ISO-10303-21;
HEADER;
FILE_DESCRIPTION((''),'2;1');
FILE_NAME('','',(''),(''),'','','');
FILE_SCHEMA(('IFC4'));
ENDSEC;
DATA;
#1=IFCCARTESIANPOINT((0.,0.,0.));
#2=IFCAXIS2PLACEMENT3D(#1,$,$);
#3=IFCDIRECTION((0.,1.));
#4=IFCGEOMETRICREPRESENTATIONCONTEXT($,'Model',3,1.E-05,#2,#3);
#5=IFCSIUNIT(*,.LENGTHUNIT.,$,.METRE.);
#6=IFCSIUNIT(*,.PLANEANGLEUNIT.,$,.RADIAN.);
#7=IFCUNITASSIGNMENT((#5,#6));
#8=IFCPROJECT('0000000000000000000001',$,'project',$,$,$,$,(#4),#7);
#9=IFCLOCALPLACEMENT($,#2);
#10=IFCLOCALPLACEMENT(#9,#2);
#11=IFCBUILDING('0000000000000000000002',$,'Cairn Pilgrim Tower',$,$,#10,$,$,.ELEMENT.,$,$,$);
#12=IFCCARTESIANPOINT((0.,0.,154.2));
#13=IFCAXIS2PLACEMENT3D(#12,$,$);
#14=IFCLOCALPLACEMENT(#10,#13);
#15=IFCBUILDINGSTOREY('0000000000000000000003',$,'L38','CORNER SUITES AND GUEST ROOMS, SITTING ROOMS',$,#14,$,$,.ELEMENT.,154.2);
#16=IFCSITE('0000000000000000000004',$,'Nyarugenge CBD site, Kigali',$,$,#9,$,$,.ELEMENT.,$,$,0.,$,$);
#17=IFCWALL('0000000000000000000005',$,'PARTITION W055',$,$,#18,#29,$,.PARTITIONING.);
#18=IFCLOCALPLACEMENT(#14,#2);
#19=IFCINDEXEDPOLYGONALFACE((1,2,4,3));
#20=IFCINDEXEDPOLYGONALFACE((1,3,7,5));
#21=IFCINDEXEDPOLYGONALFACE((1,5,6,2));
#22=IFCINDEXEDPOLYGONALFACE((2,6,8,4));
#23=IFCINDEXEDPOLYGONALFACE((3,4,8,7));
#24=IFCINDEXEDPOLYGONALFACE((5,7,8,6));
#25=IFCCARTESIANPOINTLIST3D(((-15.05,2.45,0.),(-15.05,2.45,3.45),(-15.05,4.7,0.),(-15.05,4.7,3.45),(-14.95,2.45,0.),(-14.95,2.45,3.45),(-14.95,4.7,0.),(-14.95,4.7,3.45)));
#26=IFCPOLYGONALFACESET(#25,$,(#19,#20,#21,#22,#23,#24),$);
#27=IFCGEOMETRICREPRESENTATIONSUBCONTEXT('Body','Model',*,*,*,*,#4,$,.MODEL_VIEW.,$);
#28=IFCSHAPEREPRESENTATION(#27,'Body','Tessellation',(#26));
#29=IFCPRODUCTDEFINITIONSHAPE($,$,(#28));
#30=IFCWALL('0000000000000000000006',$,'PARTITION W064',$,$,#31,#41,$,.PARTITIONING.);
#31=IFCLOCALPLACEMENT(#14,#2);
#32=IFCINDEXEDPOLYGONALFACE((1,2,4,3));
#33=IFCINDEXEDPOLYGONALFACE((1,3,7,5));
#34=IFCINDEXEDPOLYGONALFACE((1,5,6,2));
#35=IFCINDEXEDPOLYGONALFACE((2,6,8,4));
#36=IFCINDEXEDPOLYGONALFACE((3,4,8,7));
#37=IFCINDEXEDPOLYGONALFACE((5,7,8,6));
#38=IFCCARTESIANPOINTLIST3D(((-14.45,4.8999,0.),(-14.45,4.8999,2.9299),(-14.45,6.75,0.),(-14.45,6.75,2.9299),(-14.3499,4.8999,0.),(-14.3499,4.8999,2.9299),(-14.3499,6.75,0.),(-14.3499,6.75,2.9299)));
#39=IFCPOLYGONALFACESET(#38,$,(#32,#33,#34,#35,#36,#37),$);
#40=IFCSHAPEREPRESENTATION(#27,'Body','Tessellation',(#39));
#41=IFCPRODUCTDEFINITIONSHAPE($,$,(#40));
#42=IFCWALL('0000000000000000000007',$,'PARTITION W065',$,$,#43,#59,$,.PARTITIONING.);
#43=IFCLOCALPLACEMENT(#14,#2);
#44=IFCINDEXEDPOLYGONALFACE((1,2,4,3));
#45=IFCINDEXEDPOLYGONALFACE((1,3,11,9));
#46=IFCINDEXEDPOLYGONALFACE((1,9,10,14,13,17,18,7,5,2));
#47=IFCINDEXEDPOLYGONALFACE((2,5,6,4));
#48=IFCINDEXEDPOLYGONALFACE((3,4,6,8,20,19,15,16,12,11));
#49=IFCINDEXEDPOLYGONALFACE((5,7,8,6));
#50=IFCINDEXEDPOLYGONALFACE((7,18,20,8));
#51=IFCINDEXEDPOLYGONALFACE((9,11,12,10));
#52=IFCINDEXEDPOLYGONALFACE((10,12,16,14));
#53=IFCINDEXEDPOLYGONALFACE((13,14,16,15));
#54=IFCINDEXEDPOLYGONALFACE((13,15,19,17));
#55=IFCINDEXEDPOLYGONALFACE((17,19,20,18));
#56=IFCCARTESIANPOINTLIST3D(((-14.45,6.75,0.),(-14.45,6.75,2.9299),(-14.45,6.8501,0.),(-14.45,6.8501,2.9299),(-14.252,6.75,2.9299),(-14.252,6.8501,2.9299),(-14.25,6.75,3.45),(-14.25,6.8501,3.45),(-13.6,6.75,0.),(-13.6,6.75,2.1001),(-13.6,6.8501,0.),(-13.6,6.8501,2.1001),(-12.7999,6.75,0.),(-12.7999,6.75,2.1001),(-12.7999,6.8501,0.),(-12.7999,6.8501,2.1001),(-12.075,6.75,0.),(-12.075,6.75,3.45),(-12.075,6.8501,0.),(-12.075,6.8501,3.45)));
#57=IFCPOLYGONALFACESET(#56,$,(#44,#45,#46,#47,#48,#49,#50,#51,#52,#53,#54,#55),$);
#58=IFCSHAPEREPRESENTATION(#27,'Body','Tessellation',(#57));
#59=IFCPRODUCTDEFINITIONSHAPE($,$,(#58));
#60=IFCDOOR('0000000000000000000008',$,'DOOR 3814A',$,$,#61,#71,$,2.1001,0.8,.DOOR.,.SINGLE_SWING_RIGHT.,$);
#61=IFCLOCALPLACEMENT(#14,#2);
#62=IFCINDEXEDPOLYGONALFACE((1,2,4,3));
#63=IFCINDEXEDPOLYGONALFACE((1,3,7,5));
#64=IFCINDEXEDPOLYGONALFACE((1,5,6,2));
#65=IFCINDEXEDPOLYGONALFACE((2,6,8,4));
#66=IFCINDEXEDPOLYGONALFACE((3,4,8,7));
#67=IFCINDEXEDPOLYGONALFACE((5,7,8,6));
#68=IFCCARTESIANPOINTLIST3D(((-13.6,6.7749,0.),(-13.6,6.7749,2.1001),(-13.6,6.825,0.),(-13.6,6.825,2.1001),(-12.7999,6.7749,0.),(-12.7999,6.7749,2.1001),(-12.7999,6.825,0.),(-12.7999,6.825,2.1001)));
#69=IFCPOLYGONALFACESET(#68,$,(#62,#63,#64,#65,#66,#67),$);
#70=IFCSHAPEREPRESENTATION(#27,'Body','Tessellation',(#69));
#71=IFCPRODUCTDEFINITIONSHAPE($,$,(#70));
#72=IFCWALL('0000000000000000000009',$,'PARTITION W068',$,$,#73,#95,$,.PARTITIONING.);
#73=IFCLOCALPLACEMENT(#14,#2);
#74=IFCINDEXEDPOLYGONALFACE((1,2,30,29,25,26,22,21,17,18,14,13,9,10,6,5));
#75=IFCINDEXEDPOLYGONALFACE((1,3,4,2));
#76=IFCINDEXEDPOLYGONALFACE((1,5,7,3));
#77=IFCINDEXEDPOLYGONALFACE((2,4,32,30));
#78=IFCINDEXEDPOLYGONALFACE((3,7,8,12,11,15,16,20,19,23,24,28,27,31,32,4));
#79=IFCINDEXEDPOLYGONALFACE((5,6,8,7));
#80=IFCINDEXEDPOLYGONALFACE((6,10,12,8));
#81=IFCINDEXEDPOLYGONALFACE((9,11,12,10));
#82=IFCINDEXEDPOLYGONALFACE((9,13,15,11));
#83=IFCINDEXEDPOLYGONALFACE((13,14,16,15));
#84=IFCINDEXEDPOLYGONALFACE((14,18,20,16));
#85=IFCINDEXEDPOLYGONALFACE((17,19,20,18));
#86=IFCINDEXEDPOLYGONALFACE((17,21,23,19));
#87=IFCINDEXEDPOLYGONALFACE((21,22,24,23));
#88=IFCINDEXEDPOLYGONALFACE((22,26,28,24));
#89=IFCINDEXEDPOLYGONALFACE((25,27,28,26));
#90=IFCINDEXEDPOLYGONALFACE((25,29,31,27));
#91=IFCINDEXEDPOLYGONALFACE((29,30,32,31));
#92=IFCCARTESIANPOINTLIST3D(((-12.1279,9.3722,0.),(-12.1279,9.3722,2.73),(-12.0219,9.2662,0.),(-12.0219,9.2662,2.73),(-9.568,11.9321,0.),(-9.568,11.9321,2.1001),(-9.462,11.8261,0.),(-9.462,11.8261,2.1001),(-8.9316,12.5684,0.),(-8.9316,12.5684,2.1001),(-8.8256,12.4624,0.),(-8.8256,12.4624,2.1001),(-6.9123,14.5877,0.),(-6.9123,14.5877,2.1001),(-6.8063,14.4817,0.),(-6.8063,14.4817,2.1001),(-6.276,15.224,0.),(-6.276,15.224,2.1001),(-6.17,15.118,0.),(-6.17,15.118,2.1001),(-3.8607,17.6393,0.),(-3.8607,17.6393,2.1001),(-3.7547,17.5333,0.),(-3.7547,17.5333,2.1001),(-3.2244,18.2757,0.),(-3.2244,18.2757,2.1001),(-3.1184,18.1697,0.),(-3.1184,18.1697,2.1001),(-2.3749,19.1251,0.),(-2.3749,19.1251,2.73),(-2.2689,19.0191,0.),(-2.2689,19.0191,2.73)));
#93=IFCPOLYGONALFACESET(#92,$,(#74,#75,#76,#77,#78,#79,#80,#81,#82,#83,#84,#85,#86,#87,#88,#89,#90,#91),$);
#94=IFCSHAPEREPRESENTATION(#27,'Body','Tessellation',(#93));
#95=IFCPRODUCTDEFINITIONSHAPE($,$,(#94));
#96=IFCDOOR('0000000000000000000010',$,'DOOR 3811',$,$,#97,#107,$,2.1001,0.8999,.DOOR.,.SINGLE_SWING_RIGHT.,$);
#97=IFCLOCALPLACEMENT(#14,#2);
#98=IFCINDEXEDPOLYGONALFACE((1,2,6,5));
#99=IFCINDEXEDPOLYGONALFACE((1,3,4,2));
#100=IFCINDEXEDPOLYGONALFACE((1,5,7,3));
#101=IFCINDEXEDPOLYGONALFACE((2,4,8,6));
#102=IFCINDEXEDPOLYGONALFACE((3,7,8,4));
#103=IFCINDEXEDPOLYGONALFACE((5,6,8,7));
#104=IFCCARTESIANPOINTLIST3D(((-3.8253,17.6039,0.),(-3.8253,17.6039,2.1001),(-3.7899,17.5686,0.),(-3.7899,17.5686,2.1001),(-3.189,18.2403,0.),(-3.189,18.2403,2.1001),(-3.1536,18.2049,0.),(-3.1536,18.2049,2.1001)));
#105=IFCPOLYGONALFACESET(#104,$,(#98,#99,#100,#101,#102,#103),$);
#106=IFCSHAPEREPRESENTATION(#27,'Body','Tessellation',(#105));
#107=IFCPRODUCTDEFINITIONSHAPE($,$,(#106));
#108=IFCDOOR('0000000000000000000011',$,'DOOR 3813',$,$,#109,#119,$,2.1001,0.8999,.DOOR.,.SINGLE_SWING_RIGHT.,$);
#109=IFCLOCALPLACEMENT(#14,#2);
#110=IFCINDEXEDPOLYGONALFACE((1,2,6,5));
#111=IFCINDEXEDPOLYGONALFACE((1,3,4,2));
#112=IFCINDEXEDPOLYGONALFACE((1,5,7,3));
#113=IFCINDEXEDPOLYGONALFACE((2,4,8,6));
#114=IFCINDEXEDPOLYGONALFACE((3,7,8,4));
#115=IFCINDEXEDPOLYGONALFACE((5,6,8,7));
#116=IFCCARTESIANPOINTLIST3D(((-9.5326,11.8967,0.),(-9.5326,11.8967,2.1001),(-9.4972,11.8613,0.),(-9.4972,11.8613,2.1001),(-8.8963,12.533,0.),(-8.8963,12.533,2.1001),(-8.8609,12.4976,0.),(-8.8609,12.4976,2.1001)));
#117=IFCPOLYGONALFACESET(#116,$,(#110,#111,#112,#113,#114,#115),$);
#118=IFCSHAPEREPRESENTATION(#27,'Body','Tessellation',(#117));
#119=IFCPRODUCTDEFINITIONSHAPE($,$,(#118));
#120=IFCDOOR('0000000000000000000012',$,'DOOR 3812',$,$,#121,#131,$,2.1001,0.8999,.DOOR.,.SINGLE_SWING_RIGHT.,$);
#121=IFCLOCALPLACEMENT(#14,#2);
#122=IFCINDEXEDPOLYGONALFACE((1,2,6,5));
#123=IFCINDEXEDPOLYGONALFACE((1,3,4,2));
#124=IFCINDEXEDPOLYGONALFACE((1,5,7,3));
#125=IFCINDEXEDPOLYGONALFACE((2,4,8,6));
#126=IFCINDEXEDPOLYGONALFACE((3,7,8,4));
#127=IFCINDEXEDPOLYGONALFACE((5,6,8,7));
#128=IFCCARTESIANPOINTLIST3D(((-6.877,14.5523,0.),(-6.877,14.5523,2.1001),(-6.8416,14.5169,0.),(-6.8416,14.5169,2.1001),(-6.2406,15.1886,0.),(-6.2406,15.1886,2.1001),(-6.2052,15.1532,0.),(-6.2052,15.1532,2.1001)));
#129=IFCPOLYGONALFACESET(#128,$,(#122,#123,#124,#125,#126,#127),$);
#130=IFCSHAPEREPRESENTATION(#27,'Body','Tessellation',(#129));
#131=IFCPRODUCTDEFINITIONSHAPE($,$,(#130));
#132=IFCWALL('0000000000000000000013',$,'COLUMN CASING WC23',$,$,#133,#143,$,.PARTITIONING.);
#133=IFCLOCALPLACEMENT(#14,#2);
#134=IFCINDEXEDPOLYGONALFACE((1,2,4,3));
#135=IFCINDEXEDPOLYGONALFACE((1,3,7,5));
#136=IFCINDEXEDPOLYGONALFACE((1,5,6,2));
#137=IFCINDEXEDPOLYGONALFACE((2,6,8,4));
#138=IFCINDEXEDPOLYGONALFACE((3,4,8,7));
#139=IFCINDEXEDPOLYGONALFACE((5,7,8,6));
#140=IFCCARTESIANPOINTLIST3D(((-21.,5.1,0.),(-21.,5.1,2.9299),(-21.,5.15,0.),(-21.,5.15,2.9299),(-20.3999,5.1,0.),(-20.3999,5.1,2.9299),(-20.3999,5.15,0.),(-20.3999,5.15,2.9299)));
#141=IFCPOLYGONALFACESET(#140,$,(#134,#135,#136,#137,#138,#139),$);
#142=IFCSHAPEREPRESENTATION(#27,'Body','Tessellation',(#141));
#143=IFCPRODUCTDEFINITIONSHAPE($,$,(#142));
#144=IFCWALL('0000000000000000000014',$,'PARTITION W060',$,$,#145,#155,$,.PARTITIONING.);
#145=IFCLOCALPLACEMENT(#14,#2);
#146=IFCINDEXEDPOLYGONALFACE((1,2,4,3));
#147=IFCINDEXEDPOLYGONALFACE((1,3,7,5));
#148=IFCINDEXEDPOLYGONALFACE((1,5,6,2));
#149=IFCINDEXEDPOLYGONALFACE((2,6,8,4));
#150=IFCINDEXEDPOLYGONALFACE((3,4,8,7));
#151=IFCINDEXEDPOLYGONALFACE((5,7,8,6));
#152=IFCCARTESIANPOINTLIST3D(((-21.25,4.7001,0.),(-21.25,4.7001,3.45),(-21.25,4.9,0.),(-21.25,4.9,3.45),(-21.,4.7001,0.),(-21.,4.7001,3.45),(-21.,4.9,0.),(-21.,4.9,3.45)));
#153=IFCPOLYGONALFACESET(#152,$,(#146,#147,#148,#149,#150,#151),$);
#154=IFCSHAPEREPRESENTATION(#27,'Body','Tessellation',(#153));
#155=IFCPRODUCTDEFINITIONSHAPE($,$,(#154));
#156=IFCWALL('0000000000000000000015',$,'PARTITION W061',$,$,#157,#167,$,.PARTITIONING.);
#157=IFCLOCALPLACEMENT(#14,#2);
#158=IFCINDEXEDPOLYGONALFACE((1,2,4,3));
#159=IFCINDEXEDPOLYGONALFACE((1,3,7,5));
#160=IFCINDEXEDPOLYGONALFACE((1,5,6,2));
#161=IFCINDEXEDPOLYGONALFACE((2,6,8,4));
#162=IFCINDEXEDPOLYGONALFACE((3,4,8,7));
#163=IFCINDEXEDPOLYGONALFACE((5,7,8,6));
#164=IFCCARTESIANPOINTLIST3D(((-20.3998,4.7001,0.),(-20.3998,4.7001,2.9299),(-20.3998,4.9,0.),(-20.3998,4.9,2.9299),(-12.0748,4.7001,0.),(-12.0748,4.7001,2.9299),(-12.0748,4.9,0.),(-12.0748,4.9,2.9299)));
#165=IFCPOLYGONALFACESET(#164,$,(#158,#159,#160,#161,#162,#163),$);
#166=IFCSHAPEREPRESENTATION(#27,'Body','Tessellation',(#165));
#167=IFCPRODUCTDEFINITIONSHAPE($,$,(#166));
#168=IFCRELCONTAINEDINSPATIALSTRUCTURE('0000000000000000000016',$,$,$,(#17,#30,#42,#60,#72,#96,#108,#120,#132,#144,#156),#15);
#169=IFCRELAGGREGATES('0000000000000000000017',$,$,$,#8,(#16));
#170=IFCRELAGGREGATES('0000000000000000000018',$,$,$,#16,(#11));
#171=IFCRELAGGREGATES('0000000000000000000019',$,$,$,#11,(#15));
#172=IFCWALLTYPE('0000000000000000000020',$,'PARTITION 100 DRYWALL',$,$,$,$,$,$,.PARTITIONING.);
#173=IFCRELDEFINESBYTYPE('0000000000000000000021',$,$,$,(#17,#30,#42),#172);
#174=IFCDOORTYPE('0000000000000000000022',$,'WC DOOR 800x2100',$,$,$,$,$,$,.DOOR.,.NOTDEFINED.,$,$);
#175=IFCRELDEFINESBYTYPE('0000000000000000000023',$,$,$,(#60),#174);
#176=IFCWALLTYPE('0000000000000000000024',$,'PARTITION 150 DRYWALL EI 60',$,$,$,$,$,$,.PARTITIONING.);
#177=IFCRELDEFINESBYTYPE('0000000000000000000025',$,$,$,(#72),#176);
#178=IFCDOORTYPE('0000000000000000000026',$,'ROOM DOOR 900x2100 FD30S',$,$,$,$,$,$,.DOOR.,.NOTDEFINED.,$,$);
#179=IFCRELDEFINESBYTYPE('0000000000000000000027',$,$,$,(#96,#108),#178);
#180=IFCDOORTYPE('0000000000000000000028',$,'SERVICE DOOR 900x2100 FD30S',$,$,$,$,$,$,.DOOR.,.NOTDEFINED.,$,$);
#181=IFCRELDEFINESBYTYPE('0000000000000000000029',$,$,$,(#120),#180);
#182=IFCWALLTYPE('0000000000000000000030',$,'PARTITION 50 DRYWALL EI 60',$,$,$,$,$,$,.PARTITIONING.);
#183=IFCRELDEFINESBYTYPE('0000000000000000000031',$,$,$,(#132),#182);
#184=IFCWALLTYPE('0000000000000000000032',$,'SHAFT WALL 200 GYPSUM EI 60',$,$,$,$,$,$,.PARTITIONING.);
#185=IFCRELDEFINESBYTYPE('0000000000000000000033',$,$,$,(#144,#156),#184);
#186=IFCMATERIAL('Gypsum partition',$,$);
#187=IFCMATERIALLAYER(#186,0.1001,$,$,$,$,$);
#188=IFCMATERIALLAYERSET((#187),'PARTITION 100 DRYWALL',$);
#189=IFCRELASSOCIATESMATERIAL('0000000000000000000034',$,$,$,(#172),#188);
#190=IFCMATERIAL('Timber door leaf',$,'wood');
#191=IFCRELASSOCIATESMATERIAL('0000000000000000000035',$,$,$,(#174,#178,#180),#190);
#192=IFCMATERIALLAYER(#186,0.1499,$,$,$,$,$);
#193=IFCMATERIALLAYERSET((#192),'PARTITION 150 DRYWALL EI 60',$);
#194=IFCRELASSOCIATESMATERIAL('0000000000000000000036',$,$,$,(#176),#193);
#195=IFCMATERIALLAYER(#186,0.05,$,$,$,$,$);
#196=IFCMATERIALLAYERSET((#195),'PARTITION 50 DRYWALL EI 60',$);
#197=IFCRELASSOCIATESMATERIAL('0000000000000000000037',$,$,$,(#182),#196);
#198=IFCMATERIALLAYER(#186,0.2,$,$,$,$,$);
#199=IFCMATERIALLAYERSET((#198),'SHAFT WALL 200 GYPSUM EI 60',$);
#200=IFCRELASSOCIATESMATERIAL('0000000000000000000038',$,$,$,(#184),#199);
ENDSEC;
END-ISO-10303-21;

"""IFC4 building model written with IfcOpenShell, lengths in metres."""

from ifc_helpers import new_model, si_unit, direction, frame, frame_2d, origin, place, context, subcontext, project, spatial, polyline, rectangle, outline, extrude, material, layer, layer_set, type_object, element, fill, save


model = new_model("IFC4")

# Units and contexts
model_context = context("Model", 3, precision=1e-05, world=origin(), true_north=direction((0.0, 1.0)))
body_context = subcontext(model_context, "Body", "Model", "MODEL_VIEW")
ifc_project = project(units=[si_unit("LENGTHUNIT", "METRE"), si_unit("PLANEANGLEUNIT", "RADIAN")], contexts=[model_context])

# Site, building, storey
site_placement = place(None, origin())
site = spatial("IfcSite", under=ifc_project, at=site_placement, Name="Nyarugenge CBD site, Kigali", CompositionType="ELEMENT", RefElevation=0.0)
building_placement = place(site_placement, origin())
building = spatial("IfcBuilding", under=site, at=building_placement, Name="Cairn Pilgrim Tower", CompositionType="ELEMENT")
storey_placement = place(building_placement, frame((0.0, 0.0, 154.2)))
storey = spatial("IfcBuildingStorey", under=building, at=storey_placement, Name="L38", Description="CORNER SUITES AND GUEST ROOMS, SITTING ROOMS", CompositionType="ELEMENT", Elevation=154.2)

# Walls
ifc_material_1 = material(Name="Gypsum partition")
ifc_layer_1 = layer(ifc_material_1, 0.1001)
ifc_layer_set_1 = layer_set([ifc_layer_1], Name="PARTITION 100 DRYWALL")
wall_type_1 = type_object("IfcWallType", Name="PARTITION 100 DRYWALL", PredefinedType="PARTITIONING", material=ifc_layer_set_1)
wall_1_placement = place(storey_placement, frame((-15.0, 2.45, 0.0), z_axis=(0.0, 0.0, 1.0), x_axis=(0.0, 1.0, 0.0)))
element("IfcWall", 1, at=wall_1_placement, inside=storey, type_object=wall_type_1, Name="PARTITION W055", PredefinedType="PARTITIONING", context=body_context, shape_type="SweptSolid", body=[
    extrude(rectangle(XDim=2.25, YDim=0.1001, at=frame_2d((1.125, 0.0))), origin(), (0.0, 0.0, 1.0), 3.45),
])
wall_2_placement = place(storey_placement, frame((-14.3999, 4.8999, 0.0), z_axis=(0.0, 0.0, 1.0), x_axis=(0.0, 1.0, 0.0)))
element("IfcWall", 2, at=wall_2_placement, inside=storey, type_object=wall_type_1, Name="PARTITION W064", PredefinedType="PARTITIONING", context=body_context, shape_type="SweptSolid", body=[
    extrude(rectangle(XDim=1.8501, YDim=0.1001, at=frame_2d((0.925, 0.0))), origin(), (0.0, 0.0, 1.0), 2.9299),
])

# Wall, opening, door
wall_3_placement = place(storey_placement, frame((-14.45, 6.8, 0.0), z_axis=(0.0, 0.0, 1.0), x_axis=(1.0, 0.0, 0.0)))
wall_3 = element("IfcWall", 3, at=wall_3_placement, inside=storey, type_object=wall_type_1, Name="PARTITION W065", PredefinedType="PARTITIONING", context=body_context, shape_type="SweptSolid", body=[
    extrude(outline(polyline([(0.0, 0.0), (2.375, 0.0), (2.375, 3.45), (0.2, 3.45), (0.198, 2.9299), (0.0, 2.9299), (0.0, 0.0)])), frame((0.0, 0.05, 0.0), z_axis=(0.0, -1.0, 0.0), x_axis=(1.0, 0.0, 0.0)), (0.0, 0.0, 1.0), 0.1001),
])
opening_1_placement = place(wall_3_placement, frame((0.8501, 0.0, 0.0)))
opening_1 = element("IfcOpeningElement", 4, at=opening_1_placement, cuts=wall_3, PredefinedType="OPENING", context=body_context, shape_type="SweptSolid", body=[
    extrude(rectangle(XDim=0.8, YDim=2.1001, at=frame_2d((0.3999, 1.05))), frame((0.0, 0.0601, 0.0), z_axis=(0.0, -1.0, 0.0), x_axis=(1.0, 0.0, 0.0)), (0.0, 0.0, 1.0), 0.1201),
])
ifc_material_2 = material(Name="Timber door leaf", Category="wood")
door_type_1 = type_object("IfcDoorType", Name="WC DOOR 800x2100", OperationType="NOTDEFINED", PredefinedType="DOOR", material=ifc_material_2)
door_1_placement = place(opening_1_placement, origin())
door_1 = element("IfcDoor", 5, at=door_1_placement, inside=storey, type_object=door_type_1, Name="DOOR 3814A", OperationType="SINGLE_SWING_RIGHT", OverallHeight=2.1001, OverallWidth=0.8, PredefinedType="DOOR", context=body_context, shape_type="SweptSolid", body=[
    extrude(rectangle(XDim=0.8, YDim=2.1001, at=frame_2d((0.3999, 1.05))), frame((0.0, 0.0249, 0.0), z_axis=(0.0, -1.0, 0.0), x_axis=(1.0, 0.0, 0.0)), (0.0, 0.0, 1.0), 0.05),
])
fill(opening_1, door_1)

# Wall, openings, doors
ifc_layer_2 = layer(ifc_material_1, 0.1499)
ifc_layer_set_2 = layer_set([ifc_layer_2], Name="PARTITION 150 DRYWALL EI 60")
wall_type_2 = type_object("IfcWallType", Name="PARTITION 150 DRYWALL EI 60", PredefinedType="PARTITIONING", material=ifc_layer_set_2)
wall_4_placement = place(storey_placement, frame((-12.075, 9.3191, 0.0), z_axis=(0.0, 0.0, 1.0), x_axis=(0.707107, 0.707107, 0.0)))
wall_4 = element("IfcWall", 6, at=wall_4_placement, inside=storey, type_object=wall_type_2, Name="PARTITION W068", PredefinedType="PARTITIONING", context=body_context, shape_type="SweptSolid", body=[
    extrude(rectangle(XDim=13.7927, YDim=0.1499, at=frame_2d((6.8965, 0.0))), origin(), (0.0, 0.0, 1.0), 2.73),
])
opening_2_placement = place(wall_4_placement, frame((11.6917, 0.0, 0.0)))
opening_2 = element("IfcOpeningElement", 7, at=opening_2_placement, cuts=wall_4, PredefinedType="OPENING", context=body_context, shape_type="SweptSolid", body=[
    extrude(rectangle(XDim=0.8999, YDim=2.1001, at=frame_2d((0.45, 1.05))), frame((0.0, 0.085, 0.0), z_axis=(0.0, -1.0, 0.0), x_axis=(1.0, 0.0, 0.0)), (0.0, 0.0, 1.0), 0.1699),
])
opening_3_placement = place(wall_4_placement, frame((7.376, 0.0, 0.0)))
opening_3 = element("IfcOpeningElement", 8, at=opening_3_placement, cuts=wall_4, PredefinedType="OPENING", context=body_context, shape_type="SweptSolid", body=[
    extrude(rectangle(XDim=0.8999, YDim=2.1001, at=frame_2d((0.45, 1.05))), frame((0.0, 0.085, 0.0), z_axis=(0.0, -1.0, 0.0), x_axis=(1.0, 0.0, 0.0)), (0.0, 0.0, 1.0), 0.1699),
])
opening_4_placement = place(wall_4_placement, frame((3.6204, 0.0, 0.0)))
opening_4 = element("IfcOpeningElement", 9, at=opening_4_placement, cuts=wall_4, PredefinedType="OPENING", context=body_context, shape_type="SweptSolid", body=[
    extrude(rectangle(XDim=0.8999, YDim=2.1001, at=frame_2d((0.45, 1.05))), frame((0.0, 0.085, 0.0), z_axis=(0.0, -1.0, 0.0), x_axis=(1.0, 0.0, 0.0)), (0.0, 0.0, 1.0), 0.1699),
])
door_type_2 = type_object("IfcDoorType", Name="ROOM DOOR 900x2100 FD30S", OperationType="NOTDEFINED", PredefinedType="DOOR", material=ifc_material_2)
door_2_placement = place(opening_2_placement, origin())
door_2 = element("IfcDoor", 10, at=door_2_placement, inside=storey, type_object=door_type_2, Name="DOOR 3811", OperationType="SINGLE_SWING_RIGHT", OverallHeight=2.1001, OverallWidth=0.8999, PredefinedType="DOOR", context=body_context, shape_type="SweptSolid", body=[
    extrude(rectangle(XDim=0.8999, YDim=2.1001, at=frame_2d((0.45, 1.05))), frame((0.0, 0.0249, 0.0), z_axis=(0.0, -1.0, 0.0), x_axis=(1.0, 0.0, 0.0)), (0.0, 0.0, 1.0), 0.05),
])
fill(opening_2, door_2)
door_3_placement = place(opening_4_placement, origin())
door_3 = element("IfcDoor", 11, at=door_3_placement, inside=storey, type_object=door_type_2, Name="DOOR 3813", OperationType="SINGLE_SWING_RIGHT", OverallHeight=2.1001, OverallWidth=0.8999, PredefinedType="DOOR", context=body_context, shape_type="SweptSolid", body=[
    extrude(rectangle(XDim=0.8999, YDim=2.1001, at=frame_2d((0.45, 1.05))), frame((0.0, 0.0249, 0.0), z_axis=(0.0, -1.0, 0.0), x_axis=(1.0, 0.0, 0.0)), (0.0, 0.0, 1.0), 0.05),
])
fill(opening_4, door_3)
door_type_3 = type_object("IfcDoorType", Name="SERVICE DOOR 900x2100 FD30S", OperationType="NOTDEFINED", PredefinedType="DOOR", material=ifc_material_2)
door_4_placement = place(opening_3_placement, origin())
door_4 = element("IfcDoor", 12, at=door_4_placement, inside=storey, type_object=door_type_3, Name="DOOR 3812", OperationType="SINGLE_SWING_RIGHT", OverallHeight=2.1001, OverallWidth=0.8999, PredefinedType="DOOR", context=body_context, shape_type="SweptSolid", body=[
    extrude(rectangle(XDim=0.8999, YDim=2.1001, at=frame_2d((0.45, 1.05))), frame((0.0, 0.0249, 0.0), z_axis=(0.0, -1.0, 0.0), x_axis=(1.0, 0.0, 0.0)), (0.0, 0.0, 1.0), 0.05),
])
fill(opening_3, door_4)

# Walls
ifc_layer_3 = layer(ifc_material_1, 0.05)
ifc_layer_set_3 = layer_set([ifc_layer_3], Name="PARTITION 50 DRYWALL EI 60")
wall_type_3 = type_object("IfcWallType", Name="PARTITION 50 DRYWALL EI 60", PredefinedType="PARTITIONING", material=ifc_layer_set_3)
wall_5_placement = place(storey_placement, frame((-21.0, 5.125, 0.0), z_axis=(0.0, 0.0, 1.0), x_axis=(1.0, 0.0, 0.0)))
element("IfcWall", 13, at=wall_5_placement, inside=storey, type_object=wall_type_3, Name="COLUMN CASING WC23", PredefinedType="PARTITIONING", context=body_context, shape_type="SweptSolid", body=[
    extrude(rectangle(XDim=0.6001, YDim=0.05, at=frame_2d((0.3, 0.0))), origin(), (0.0, 0.0, 1.0), 2.9299),
])
ifc_layer_4 = layer(ifc_material_1, 0.2)
ifc_layer_set_4 = layer_set([ifc_layer_4], Name="SHAFT WALL 200 GYPSUM EI 60")
wall_type_4 = type_object("IfcWallType", Name="SHAFT WALL 200 GYPSUM EI 60", PredefinedType="PARTITIONING", material=ifc_layer_set_4)
wall_6_placement = place(storey_placement, frame((-21.25, 4.8, 0.0), z_axis=(0.0, 0.0, 1.0), x_axis=(1.0, 0.0, 0.0)))
element("IfcWall", 14, at=wall_6_placement, inside=storey, type_object=wall_type_4, Name="PARTITION W060", PredefinedType="PARTITIONING", context=body_context, shape_type="SweptSolid", body=[
    extrude(rectangle(XDim=0.25, YDim=0.2, at=frame_2d((0.125, 0.0))), origin(), (0.0, 0.0, 1.0), 3.45),
])
wall_7_placement = place(storey_placement, frame((-20.3999, 4.8, 0.0), z_axis=(0.0, 0.0, 1.0), x_axis=(1.0, 0.0, 0.0)))
element("IfcWall", 15, at=wall_7_placement, inside=storey, type_object=wall_type_4, Name="PARTITION W061", PredefinedType="PARTITIONING", context=body_context, shape_type="SweptSolid", body=[
    extrude(rectangle(XDim=8.325, YDim=0.2, at=frame_2d((4.1626, 0.0))), origin(), (0.0, 0.0, 1.0), 2.9299),
])

save(model, "model.ifc")
